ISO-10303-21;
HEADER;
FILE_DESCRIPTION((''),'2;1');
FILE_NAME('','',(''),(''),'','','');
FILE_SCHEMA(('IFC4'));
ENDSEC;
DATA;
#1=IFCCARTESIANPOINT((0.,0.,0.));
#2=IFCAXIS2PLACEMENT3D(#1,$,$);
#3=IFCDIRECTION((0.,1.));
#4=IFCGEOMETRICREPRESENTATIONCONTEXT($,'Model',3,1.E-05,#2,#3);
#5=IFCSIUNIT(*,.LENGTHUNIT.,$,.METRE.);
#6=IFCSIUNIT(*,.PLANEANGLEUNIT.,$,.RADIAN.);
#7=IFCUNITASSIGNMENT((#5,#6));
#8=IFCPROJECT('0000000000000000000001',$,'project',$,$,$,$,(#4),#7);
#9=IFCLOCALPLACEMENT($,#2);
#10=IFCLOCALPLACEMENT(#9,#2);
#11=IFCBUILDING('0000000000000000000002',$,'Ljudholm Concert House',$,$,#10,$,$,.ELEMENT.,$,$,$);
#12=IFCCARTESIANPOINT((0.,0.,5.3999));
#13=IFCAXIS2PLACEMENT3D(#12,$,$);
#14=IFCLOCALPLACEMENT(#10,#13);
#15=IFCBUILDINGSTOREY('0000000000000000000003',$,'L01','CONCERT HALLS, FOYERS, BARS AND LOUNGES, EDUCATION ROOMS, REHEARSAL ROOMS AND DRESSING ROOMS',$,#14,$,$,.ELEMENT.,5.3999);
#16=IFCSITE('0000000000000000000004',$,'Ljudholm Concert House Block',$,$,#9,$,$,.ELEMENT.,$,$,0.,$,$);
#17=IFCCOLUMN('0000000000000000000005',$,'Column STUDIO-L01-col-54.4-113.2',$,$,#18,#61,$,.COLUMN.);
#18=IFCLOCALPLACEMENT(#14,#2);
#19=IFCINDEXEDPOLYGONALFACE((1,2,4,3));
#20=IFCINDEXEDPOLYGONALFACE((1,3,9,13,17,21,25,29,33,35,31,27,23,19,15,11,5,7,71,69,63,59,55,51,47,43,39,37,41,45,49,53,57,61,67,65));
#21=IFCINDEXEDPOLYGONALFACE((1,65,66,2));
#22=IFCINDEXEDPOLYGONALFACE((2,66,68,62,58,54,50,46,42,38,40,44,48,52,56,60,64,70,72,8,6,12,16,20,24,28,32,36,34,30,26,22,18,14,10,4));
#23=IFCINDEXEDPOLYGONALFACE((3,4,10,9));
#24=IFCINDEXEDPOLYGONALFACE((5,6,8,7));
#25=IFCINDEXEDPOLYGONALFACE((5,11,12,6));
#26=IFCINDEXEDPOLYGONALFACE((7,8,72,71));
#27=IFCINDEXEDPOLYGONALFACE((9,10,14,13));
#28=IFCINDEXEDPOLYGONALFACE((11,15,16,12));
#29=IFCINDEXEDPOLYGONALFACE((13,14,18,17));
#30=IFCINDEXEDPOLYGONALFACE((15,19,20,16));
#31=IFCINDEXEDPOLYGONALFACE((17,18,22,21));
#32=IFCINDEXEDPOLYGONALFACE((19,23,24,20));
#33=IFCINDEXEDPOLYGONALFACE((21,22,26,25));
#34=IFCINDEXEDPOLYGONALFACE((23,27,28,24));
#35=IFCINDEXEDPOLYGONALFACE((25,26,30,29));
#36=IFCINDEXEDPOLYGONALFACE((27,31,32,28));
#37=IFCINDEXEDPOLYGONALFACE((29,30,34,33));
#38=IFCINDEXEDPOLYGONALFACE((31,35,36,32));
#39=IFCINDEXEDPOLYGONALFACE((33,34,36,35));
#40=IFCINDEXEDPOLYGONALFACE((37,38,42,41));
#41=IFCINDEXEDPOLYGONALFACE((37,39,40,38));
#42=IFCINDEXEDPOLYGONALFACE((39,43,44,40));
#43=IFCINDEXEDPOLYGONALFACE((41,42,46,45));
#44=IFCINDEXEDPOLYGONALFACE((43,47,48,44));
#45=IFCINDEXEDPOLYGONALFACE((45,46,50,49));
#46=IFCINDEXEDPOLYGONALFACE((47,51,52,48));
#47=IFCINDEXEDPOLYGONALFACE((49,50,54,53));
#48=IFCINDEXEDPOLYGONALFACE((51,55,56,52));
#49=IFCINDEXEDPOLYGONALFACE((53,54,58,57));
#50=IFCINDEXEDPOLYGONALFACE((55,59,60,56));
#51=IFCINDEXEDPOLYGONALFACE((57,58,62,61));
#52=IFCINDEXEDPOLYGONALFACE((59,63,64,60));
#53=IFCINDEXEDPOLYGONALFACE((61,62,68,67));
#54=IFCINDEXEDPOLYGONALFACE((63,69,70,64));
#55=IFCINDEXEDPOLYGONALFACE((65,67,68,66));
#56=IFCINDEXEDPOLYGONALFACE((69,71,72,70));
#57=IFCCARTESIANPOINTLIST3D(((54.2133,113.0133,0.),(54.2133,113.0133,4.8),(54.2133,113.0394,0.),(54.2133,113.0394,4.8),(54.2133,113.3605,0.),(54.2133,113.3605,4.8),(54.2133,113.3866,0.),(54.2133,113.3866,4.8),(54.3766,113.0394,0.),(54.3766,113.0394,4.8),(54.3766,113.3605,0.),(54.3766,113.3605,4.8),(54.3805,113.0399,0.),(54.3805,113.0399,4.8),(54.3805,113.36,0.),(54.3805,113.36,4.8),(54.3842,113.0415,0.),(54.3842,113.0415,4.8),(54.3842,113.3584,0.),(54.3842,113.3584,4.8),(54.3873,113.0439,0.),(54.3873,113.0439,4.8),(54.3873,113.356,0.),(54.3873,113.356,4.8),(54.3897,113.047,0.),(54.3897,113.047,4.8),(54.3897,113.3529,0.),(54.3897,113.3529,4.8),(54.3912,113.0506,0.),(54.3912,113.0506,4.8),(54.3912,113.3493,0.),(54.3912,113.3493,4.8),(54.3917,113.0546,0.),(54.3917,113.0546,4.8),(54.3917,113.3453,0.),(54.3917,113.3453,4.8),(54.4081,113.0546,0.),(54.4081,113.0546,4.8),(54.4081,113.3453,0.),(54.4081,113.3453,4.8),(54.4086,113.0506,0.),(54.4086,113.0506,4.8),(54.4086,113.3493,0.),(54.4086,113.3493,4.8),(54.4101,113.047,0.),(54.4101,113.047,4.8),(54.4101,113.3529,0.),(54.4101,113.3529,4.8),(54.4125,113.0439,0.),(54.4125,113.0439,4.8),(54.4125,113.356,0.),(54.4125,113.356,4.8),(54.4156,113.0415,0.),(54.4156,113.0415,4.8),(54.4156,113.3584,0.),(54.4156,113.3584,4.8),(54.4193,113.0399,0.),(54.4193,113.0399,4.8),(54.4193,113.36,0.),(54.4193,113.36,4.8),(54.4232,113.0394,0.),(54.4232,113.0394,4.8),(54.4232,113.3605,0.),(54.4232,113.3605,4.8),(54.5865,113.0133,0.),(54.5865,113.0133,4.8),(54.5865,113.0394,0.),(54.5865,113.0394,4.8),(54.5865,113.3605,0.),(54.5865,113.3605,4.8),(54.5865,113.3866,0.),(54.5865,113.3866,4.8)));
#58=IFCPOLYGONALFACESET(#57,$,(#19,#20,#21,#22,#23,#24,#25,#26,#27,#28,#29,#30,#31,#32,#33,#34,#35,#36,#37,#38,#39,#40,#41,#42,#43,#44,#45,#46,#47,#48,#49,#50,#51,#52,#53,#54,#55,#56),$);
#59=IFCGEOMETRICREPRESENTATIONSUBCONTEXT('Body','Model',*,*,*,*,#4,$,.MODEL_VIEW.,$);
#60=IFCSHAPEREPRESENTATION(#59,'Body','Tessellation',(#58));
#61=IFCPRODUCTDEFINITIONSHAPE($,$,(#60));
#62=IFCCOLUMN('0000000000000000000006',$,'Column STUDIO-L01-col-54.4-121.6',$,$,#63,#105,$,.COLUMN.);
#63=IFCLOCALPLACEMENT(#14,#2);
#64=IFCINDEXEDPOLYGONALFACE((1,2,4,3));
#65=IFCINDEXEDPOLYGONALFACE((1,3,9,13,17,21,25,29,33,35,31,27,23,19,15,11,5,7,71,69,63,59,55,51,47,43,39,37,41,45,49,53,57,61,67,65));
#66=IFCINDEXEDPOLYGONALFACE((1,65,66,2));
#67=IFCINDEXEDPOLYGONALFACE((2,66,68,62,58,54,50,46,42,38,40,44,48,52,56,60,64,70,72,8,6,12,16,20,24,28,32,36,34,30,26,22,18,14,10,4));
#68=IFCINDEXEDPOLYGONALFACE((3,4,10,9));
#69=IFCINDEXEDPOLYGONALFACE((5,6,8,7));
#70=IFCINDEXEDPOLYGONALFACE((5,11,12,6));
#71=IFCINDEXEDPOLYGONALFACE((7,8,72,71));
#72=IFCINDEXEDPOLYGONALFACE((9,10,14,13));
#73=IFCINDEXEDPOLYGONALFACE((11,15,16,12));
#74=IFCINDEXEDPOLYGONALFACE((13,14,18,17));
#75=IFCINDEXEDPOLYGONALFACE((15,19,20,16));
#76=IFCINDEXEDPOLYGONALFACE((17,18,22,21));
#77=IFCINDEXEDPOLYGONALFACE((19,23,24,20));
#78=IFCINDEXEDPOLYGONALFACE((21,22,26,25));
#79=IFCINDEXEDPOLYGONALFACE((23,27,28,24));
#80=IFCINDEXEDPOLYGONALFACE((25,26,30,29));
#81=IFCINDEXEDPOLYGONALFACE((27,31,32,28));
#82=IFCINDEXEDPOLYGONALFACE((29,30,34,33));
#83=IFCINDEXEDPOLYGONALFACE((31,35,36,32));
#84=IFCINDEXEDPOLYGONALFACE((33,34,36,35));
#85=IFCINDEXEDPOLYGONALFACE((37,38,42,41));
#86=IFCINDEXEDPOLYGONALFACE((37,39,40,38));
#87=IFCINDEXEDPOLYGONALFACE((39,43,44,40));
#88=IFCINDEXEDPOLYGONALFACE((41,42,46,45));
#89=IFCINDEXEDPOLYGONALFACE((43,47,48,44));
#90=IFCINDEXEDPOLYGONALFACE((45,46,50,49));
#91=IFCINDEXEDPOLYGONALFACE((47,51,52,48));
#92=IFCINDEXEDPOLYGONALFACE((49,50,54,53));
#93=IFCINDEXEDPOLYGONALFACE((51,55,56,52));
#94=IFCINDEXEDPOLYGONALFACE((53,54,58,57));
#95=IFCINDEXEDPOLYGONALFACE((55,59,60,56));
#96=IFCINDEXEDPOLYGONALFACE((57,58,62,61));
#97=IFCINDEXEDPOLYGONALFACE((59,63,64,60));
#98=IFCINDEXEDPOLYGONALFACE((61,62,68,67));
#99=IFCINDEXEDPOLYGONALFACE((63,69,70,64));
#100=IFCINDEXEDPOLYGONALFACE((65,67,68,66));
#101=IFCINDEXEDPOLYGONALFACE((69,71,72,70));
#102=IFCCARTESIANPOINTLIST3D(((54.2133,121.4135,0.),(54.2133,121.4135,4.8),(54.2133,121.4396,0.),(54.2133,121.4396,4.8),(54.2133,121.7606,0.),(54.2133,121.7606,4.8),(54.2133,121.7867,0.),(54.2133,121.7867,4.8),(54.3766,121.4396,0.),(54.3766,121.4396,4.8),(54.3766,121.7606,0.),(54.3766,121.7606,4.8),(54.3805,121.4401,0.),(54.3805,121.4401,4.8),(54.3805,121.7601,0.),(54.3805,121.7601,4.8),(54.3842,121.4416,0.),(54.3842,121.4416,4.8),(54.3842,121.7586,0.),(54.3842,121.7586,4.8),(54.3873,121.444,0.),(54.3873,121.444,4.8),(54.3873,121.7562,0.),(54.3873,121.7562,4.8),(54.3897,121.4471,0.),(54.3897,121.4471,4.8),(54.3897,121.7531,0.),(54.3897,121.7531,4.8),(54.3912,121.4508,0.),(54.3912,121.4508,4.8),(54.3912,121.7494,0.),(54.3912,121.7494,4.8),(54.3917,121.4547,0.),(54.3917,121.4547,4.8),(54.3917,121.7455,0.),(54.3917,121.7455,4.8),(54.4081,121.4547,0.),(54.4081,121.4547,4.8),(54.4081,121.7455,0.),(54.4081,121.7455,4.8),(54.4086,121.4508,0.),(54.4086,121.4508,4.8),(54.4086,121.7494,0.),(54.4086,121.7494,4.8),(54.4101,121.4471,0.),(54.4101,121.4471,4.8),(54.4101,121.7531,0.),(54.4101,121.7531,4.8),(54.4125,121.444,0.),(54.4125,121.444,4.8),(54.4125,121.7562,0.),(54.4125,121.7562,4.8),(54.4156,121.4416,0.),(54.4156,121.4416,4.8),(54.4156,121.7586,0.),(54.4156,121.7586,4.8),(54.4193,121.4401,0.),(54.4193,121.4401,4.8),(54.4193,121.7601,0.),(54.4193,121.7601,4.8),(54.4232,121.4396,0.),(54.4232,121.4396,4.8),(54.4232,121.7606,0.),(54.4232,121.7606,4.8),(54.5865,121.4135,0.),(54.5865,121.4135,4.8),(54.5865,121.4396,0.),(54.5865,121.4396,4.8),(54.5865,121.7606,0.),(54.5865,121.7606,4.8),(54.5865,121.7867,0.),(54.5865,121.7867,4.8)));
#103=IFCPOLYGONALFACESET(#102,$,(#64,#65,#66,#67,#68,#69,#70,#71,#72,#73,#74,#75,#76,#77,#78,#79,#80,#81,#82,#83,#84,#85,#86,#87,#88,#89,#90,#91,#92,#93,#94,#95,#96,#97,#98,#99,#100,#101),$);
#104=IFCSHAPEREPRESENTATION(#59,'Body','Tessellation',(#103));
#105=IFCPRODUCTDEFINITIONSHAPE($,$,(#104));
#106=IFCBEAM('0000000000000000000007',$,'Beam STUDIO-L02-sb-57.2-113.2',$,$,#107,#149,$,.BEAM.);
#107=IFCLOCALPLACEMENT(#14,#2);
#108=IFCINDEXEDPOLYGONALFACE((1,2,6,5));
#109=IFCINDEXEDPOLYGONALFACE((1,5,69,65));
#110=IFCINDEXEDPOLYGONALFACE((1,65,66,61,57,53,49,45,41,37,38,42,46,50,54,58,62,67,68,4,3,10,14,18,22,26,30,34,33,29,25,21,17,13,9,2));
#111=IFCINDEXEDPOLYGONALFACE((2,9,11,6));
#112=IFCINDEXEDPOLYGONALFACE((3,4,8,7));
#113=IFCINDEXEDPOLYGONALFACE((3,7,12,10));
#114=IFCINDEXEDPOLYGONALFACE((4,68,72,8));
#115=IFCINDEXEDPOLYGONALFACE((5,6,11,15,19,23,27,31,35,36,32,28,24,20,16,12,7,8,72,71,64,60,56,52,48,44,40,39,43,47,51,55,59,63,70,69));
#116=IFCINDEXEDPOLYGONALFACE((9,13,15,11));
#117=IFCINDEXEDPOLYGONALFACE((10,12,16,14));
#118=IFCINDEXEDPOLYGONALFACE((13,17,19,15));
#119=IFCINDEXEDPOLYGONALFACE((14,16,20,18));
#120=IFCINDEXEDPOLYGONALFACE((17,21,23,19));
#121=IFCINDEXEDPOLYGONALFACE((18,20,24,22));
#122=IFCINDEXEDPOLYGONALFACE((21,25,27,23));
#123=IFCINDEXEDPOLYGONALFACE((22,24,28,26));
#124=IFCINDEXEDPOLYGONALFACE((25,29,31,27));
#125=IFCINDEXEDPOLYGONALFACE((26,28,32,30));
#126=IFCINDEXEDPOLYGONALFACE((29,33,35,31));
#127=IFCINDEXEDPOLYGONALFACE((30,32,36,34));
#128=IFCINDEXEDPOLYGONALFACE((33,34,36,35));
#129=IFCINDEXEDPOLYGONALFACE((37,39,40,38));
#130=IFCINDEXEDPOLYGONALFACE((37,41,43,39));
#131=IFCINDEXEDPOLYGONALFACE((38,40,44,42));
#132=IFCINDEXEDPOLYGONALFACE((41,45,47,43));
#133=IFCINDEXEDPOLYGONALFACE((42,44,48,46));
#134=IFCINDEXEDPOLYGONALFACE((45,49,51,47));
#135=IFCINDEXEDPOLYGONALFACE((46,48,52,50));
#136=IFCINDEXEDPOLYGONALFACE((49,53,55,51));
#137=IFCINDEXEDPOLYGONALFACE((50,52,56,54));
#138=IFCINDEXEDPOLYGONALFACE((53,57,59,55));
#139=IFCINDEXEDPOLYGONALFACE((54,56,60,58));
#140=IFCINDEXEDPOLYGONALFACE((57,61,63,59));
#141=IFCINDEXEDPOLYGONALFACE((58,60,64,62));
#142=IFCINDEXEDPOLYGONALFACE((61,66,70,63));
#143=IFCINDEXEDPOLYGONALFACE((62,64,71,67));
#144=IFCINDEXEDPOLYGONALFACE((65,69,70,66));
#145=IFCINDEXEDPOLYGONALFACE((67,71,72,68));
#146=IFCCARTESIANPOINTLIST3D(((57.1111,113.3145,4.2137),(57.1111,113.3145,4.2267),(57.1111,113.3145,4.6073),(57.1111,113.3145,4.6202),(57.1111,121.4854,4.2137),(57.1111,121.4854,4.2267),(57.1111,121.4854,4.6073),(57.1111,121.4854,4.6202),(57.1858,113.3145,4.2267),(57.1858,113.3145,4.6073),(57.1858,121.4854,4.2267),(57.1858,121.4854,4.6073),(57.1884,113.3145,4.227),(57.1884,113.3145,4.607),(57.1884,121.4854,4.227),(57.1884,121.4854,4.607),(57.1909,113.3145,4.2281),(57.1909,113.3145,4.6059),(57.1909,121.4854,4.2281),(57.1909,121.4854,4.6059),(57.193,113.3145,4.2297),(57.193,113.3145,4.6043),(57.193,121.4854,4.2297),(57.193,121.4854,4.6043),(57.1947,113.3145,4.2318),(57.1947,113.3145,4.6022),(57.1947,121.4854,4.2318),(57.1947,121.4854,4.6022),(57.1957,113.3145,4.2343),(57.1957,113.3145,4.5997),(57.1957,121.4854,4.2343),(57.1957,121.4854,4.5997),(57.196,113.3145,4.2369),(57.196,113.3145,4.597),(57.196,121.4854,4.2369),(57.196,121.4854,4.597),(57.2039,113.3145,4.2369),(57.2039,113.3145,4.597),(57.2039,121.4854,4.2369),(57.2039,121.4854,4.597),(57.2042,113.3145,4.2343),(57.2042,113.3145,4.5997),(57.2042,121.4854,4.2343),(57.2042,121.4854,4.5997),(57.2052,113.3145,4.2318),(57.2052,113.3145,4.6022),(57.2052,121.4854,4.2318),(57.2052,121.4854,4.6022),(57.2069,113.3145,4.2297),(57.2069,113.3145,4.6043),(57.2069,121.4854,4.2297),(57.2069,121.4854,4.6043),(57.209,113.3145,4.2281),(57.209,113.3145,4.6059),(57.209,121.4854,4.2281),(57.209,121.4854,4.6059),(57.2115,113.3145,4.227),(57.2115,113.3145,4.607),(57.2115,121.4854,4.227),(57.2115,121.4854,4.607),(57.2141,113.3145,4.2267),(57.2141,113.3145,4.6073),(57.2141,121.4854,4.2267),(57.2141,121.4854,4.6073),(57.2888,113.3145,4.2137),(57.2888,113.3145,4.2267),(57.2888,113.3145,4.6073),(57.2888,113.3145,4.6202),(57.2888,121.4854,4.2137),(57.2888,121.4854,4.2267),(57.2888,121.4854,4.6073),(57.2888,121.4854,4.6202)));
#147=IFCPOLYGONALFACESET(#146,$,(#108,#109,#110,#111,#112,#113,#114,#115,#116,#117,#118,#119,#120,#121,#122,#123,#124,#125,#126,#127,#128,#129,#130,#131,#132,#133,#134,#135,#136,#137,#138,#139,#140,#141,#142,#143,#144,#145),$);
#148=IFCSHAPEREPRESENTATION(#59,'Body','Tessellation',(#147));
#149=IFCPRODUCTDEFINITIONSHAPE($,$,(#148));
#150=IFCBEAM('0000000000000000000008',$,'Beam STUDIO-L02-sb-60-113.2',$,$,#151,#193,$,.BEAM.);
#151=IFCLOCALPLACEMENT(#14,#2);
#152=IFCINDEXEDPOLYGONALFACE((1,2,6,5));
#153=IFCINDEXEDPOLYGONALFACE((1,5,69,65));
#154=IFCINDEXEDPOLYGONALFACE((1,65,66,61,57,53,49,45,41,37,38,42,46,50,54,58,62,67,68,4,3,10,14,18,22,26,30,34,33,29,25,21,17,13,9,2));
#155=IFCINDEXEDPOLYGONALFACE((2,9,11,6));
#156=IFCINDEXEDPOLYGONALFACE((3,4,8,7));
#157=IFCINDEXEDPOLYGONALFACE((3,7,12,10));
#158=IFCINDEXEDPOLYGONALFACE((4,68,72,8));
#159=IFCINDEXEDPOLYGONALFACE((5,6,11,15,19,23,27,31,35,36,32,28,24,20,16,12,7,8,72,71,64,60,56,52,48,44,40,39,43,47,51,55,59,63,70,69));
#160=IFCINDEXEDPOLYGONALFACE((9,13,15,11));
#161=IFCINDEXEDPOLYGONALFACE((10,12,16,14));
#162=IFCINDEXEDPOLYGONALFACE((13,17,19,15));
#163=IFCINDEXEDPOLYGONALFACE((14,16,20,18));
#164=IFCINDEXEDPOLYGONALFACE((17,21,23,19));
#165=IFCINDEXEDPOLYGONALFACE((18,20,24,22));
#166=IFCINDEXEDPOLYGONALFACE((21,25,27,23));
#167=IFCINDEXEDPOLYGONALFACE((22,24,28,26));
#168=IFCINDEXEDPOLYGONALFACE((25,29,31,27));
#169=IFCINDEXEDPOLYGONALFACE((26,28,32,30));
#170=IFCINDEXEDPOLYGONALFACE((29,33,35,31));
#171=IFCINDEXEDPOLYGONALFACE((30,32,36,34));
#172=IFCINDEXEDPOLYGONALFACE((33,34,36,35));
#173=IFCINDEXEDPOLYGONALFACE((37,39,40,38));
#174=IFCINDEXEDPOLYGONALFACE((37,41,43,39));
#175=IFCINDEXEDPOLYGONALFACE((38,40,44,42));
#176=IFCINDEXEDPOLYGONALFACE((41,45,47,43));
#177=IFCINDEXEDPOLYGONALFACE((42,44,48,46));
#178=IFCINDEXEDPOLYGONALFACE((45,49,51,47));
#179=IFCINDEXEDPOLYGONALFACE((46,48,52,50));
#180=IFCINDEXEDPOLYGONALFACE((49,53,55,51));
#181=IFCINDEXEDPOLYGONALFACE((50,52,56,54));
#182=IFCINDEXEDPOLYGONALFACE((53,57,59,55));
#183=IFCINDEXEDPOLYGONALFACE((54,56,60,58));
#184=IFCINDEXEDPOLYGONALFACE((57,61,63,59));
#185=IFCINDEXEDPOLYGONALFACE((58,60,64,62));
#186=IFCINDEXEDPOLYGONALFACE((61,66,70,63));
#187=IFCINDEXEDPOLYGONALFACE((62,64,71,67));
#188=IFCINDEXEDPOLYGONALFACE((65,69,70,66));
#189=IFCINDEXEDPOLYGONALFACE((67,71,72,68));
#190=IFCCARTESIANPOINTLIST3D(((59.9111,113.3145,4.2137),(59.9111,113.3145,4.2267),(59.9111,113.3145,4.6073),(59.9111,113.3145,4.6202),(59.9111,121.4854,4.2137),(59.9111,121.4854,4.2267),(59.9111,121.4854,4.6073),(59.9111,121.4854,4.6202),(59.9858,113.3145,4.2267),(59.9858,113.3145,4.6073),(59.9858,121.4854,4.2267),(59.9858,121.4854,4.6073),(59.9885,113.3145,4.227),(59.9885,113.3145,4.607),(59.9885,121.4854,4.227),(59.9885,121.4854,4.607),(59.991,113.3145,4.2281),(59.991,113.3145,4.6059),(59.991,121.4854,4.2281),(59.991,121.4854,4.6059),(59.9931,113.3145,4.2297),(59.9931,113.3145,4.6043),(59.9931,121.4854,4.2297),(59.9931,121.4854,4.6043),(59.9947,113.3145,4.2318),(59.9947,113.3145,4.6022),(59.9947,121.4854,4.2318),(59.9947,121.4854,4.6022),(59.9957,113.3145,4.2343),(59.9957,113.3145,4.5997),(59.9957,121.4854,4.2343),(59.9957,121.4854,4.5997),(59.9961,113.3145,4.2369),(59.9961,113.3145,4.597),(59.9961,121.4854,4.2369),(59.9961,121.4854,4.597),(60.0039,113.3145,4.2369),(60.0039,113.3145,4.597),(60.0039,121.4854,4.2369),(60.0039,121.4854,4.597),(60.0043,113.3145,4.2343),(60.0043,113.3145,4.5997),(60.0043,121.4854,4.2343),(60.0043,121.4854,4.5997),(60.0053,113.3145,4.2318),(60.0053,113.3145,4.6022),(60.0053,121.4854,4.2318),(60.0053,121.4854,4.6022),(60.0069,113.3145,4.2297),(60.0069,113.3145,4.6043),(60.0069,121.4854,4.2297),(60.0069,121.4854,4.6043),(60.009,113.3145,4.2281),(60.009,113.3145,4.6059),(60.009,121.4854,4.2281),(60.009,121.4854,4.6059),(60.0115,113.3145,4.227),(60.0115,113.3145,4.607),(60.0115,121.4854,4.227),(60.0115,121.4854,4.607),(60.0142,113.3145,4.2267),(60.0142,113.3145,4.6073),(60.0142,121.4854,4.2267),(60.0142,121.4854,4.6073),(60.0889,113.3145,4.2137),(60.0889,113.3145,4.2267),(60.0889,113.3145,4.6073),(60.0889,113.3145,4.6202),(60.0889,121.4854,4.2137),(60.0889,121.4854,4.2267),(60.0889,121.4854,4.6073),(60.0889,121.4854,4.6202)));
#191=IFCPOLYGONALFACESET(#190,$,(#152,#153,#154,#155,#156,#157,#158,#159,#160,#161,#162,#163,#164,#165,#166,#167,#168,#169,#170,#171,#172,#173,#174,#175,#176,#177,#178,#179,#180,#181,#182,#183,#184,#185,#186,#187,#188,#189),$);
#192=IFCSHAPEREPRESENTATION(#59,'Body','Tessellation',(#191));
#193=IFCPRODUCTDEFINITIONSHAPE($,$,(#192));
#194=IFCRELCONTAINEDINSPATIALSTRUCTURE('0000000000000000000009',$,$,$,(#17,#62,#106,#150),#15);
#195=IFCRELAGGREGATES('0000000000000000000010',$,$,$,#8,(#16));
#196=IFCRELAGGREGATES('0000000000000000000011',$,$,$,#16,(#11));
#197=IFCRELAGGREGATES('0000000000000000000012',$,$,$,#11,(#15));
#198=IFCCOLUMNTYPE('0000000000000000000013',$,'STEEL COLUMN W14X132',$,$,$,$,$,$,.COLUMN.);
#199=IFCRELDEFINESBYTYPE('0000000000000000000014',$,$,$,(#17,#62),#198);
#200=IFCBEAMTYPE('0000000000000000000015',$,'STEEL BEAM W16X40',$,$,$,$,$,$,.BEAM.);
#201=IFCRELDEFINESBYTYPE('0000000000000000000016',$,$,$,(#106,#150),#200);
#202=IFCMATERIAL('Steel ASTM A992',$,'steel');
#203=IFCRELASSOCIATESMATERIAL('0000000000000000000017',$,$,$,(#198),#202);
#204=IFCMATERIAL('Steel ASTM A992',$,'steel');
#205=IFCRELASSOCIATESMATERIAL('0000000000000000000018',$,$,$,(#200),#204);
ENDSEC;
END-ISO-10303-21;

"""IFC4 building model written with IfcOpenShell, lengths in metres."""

from ifc_helpers import new_model, si_unit, direction, frame, origin, origin_2d, place, context, subcontext, project, spatial, i_section, extrude, material, material_profile, profile_set, type_object, element, save


model = new_model("IFC4")

# Units and contexts
model_context = context("Model", 3, precision=1e-05, world=origin(), true_north=direction((0.0, 1.0)))
body_context = subcontext(model_context, "Body", "Model", "MODEL_VIEW")
ifc_project = project(units=[si_unit("LENGTHUNIT", "METRE"), si_unit("PLANEANGLEUNIT", "RADIAN")], contexts=[model_context])

# Site, building, storey
site_placement = place(None, origin())
site = spatial("IfcSite", under=ifc_project, at=site_placement, Name="Ljudholm Concert House Block", CompositionType="ELEMENT", RefElevation=0.0)
building_placement = place(site_placement, origin())
building = spatial("IfcBuilding", under=site, at=building_placement, Name="Ljudholm Concert House", CompositionType="ELEMENT")
storey_placement = place(building_placement, frame((0.0, 0.0, 5.3999)))
storey = spatial("IfcBuildingStorey", under=building, at=storey_placement, Name="L01", Description="CONCERT HALLS, FOYERS, BARS AND LOUNGES, EDUCATION ROOMS, REHEARSAL ROOMS AND DRESSING ROOMS", CompositionType="ELEMENT", Elevation=5.3999)

# Columns
ifc_material_1 = material(Name="Steel ASTM A992", Category="steel")
ifc_material_profile_1 = material_profile(ifc_material_1, i_section(OverallWidth=0.3733, OverallDepth=0.3733, WebThickness=0.0164, FlangeThickness=0.0261, FilletRadius=0.0151, at=origin_2d()), Name="W14X132")
ifc_profile_set_1 = profile_set([ifc_material_profile_1], Name="Steel ASTM A992")
column_type = type_object("IfcColumnType", Name="STEEL COLUMN W14X132", PredefinedType="COLUMN", material=ifc_profile_set_1)
for number, where, z_axis, x_axis, name in (
    (1, (54.3999, 113.2, 0.0), (0.0, 0.0, 1.0), (1.0, 0.0, 0.0), "Column STUDIO-L01-col-54.4-113.2"),
    (2, (54.3999, 121.6001, 0.0), (0.0, 0.0, 1.0), (1.0, 0.0, 0.0), "Column STUDIO-L01-col-54.4-121.6"),
):
    element("IfcColumn", number, at=place(storey_placement, frame(where, z_axis=z_axis, x_axis=x_axis)), inside=storey, type_object=column_type, Name=name, PredefinedType="COLUMN", context=body_context, shape_type="SweptSolid", body=[
        extrude(i_section(OverallWidth=0.3733, OverallDepth=0.3733, WebThickness=0.0164, FlangeThickness=0.0261, FilletRadius=0.0151, at=origin_2d()), origin(), (0.0, 0.0, 1.0), 4.8),
    ])

# Beams
ifc_material_2 = material(Name="Steel ASTM A992", Category="steel")
ifc_material_profile_2 = material_profile(ifc_material_2, i_section(OverallWidth=0.1777, OverallDepth=0.4065, WebThickness=0.0078, FlangeThickness=0.0129, FilletRadius=0.0103, at=origin_2d()), Name="W16X40")
ifc_profile_set_2 = profile_set([ifc_material_profile_2], Name="Steel ASTM A992")
beam_type_1 = type_object("IfcBeamType", Name="STEEL BEAM W16X40", PredefinedType="BEAM", material=ifc_profile_set_2)
for number, where, z_axis, x_axis, name in (
    (3, (57.2, 113.3145, 4.417), (0.0, 1.0, 0.0), (-1.0, 0.0, 0.0), "Beam STUDIO-L02-sb-57.2-113.2"),
    (4, (60.0, 113.3145, 4.417), (0.0, 1.0, 0.0), (-1.0, 0.0, 0.0), "Beam STUDIO-L02-sb-60-113.2"),
):
    element("IfcBeam", number, at=place(storey_placement, frame(where, z_axis=z_axis, x_axis=x_axis)), inside=storey, type_object=beam_type_1, Name=name, PredefinedType="BEAM", context=body_context, shape_type="SweptSolid", body=[
        extrude(i_section(OverallWidth=0.1777, OverallDepth=0.4065, WebThickness=0.0078, FlangeThickness=0.0129, FilletRadius=0.0103, at=origin_2d()), origin(), (0.0, 0.0, 1.0), 8.1709),
    ])

save(model, "model.ifc")
